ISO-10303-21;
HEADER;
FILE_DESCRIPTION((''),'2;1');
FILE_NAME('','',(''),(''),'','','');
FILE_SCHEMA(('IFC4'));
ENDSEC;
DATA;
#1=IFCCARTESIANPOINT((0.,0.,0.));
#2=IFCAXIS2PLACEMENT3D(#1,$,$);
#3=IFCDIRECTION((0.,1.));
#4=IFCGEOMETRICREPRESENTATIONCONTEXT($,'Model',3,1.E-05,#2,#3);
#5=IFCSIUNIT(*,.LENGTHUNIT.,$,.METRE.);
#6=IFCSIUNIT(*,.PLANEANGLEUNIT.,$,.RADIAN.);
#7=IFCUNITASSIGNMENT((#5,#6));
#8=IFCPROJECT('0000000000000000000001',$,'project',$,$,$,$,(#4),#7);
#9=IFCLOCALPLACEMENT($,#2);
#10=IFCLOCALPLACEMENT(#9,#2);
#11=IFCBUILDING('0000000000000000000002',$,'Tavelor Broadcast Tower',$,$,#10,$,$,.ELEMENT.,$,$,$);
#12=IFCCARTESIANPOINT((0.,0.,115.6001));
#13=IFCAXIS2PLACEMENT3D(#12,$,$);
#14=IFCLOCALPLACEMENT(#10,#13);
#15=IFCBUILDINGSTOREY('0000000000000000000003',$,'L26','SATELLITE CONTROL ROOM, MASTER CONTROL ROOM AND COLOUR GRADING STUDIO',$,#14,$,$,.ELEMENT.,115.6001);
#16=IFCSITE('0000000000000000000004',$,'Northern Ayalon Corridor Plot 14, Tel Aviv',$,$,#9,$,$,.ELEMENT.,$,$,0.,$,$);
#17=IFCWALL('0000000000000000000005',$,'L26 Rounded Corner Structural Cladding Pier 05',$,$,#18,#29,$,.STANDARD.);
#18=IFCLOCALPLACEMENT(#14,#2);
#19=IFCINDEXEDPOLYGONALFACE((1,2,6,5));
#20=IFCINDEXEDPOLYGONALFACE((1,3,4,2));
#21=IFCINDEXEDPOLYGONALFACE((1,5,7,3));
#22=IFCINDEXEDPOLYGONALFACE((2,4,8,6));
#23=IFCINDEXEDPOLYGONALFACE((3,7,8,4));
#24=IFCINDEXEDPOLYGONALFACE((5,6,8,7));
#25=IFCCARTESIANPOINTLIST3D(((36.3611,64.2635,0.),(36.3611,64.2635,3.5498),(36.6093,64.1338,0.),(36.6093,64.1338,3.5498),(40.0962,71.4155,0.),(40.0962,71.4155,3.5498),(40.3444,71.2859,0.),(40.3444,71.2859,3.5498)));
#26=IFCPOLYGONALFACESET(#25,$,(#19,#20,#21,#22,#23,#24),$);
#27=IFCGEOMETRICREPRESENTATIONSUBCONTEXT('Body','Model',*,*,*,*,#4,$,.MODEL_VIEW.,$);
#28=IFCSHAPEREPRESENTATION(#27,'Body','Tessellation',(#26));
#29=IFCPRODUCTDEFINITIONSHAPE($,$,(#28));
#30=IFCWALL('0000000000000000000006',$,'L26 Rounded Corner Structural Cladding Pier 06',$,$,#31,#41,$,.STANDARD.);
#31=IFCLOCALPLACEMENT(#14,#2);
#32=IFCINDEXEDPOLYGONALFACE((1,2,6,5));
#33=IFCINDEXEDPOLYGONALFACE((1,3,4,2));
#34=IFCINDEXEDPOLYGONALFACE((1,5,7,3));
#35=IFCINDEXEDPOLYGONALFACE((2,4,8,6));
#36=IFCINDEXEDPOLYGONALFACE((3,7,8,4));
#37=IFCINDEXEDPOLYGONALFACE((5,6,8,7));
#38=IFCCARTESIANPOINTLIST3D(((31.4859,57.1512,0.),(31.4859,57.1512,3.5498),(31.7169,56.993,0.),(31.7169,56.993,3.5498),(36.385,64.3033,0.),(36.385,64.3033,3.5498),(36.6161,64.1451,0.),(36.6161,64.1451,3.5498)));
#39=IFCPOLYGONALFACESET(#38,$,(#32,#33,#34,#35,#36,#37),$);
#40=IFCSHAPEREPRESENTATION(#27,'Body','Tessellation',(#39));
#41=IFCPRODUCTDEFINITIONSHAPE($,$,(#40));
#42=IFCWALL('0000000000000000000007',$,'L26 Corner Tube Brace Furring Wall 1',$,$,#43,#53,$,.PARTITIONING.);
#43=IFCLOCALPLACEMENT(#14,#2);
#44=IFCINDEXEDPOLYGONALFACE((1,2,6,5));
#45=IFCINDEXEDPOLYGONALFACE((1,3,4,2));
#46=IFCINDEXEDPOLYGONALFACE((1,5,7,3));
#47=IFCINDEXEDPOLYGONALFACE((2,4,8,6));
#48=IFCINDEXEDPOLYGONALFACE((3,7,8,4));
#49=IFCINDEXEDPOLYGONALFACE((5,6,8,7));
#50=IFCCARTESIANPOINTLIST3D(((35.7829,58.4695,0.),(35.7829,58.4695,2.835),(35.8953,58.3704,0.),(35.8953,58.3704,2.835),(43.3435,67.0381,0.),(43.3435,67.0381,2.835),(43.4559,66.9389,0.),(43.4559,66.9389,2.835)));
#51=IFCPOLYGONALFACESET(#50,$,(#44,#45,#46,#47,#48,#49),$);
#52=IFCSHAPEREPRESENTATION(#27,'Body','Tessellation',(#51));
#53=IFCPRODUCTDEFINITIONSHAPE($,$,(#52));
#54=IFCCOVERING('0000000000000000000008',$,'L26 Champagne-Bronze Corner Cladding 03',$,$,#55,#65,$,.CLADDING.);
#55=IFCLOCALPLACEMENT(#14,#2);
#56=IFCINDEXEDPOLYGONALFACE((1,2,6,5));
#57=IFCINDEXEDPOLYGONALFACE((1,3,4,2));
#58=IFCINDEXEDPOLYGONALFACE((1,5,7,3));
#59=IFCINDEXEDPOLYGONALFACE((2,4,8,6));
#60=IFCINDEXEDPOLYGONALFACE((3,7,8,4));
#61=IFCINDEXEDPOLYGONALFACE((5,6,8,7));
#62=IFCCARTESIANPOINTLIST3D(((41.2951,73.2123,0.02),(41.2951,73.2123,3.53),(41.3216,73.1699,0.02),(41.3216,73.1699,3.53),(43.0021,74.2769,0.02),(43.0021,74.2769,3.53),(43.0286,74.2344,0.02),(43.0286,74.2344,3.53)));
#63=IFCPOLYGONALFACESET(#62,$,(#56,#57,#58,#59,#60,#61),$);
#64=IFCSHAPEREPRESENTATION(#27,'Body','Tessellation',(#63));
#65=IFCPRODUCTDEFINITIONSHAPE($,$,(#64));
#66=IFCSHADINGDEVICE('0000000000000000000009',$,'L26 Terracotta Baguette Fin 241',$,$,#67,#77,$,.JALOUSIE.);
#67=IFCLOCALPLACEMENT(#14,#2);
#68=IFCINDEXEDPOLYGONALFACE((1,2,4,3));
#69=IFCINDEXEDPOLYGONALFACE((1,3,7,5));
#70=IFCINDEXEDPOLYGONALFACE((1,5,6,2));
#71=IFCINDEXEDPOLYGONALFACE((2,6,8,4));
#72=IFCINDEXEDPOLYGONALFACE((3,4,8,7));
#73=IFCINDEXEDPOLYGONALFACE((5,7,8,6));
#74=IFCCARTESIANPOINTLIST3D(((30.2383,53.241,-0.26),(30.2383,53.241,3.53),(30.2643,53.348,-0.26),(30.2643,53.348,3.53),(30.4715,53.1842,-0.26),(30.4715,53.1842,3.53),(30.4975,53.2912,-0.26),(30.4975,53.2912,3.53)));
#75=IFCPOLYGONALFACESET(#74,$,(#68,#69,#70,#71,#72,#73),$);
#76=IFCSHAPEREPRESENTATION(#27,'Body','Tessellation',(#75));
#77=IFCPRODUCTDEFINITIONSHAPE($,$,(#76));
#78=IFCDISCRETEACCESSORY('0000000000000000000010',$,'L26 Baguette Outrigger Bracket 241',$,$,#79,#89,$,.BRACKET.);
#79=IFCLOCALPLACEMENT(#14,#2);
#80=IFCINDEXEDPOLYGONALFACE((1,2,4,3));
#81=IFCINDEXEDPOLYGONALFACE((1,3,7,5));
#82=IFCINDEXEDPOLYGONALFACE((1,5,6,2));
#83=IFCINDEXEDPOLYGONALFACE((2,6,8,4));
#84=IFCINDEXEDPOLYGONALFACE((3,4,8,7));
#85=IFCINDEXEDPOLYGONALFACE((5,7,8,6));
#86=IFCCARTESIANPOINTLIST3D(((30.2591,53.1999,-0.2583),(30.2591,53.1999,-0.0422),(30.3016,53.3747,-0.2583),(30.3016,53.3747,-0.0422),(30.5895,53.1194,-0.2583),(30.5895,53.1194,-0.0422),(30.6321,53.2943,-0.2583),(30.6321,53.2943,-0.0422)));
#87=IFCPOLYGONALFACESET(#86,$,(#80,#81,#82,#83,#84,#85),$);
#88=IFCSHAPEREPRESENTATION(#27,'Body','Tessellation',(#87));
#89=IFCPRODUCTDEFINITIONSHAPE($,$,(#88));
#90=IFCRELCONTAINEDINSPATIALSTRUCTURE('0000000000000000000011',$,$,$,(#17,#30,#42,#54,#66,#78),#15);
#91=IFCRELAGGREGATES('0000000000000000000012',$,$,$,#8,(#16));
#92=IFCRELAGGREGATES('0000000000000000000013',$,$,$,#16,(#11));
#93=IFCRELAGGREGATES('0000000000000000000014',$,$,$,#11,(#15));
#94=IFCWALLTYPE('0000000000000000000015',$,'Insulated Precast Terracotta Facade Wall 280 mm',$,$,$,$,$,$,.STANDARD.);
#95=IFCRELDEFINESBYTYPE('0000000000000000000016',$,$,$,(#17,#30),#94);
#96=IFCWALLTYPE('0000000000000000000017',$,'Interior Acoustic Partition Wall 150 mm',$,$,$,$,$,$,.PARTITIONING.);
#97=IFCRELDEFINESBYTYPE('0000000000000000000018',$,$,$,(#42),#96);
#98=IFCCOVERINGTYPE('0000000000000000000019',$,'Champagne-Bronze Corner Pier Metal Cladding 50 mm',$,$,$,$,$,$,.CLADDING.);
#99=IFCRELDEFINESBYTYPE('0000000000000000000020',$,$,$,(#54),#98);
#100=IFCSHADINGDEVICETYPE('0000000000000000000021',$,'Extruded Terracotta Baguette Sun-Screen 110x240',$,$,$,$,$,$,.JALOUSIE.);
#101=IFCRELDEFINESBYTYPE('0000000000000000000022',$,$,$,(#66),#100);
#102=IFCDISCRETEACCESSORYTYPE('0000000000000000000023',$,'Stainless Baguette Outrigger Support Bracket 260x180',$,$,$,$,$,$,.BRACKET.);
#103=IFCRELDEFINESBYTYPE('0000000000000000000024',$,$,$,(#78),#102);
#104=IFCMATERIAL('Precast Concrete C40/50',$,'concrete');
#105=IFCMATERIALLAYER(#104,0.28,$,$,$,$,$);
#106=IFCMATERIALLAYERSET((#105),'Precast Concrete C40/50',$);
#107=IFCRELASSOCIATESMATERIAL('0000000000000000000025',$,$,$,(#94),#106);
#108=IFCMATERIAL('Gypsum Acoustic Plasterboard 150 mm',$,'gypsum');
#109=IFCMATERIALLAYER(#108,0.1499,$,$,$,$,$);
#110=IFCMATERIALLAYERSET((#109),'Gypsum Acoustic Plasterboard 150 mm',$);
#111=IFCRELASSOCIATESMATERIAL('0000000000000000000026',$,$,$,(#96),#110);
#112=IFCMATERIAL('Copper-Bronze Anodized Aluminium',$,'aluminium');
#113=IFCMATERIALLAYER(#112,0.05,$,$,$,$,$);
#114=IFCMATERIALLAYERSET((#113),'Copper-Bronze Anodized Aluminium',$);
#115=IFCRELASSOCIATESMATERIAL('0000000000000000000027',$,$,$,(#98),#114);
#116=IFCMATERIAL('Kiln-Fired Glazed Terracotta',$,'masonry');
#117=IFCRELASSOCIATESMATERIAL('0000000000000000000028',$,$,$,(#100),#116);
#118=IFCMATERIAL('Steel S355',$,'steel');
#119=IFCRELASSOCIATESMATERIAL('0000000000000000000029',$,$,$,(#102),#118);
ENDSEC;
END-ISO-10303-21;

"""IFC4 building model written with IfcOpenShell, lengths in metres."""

from ifc_helpers import new_model, si_unit, direction, frame, frame_2d, origin, origin_2d, place, context, subcontext, project, spatial, rectangle, extrude, source, transform, mapped, material, layer, layer_set, type_object, type_shapes, element, save


model = new_model("IFC4")

# Units and contexts
model_context = context("Model", 3, precision=1e-05, world=origin(), true_north=direction((0.0, 1.0)))
body_context = subcontext(model_context, "Body", "Model", "MODEL_VIEW")
ifc_project = project(units=[si_unit("LENGTHUNIT", "METRE"), si_unit("PLANEANGLEUNIT", "RADIAN")], contexts=[model_context])

# Site, building, storey
site_placement = place(None, origin())
site = spatial("IfcSite", under=ifc_project, at=site_placement, Name="Northern Ayalon Corridor Plot 14, Tel Aviv", CompositionType="ELEMENT", RefElevation=0.0)
building_placement = place(site_placement, origin())
building = spatial("IfcBuilding", under=site, at=building_placement, Name="Tavelor Broadcast Tower", CompositionType="ELEMENT")
storey_placement = place(building_placement, frame((0.0, 0.0, 115.6001)))
storey = spatial("IfcBuildingStorey", under=building, at=storey_placement, Name="L26", Description="SATELLITE CONTROL ROOM, MASTER CONTROL ROOM AND COLOUR GRADING STUDIO", CompositionType="ELEMENT", Elevation=115.6001)

# Shared definitions
ifc_material_1 = material(Name="Steel S355", Category="steel")

# Walls
ifc_material_2 = material(Name="Precast Concrete C40/50", Category="concrete")
ifc_layer_1 = layer(ifc_material_2, 0.28)
ifc_layer_set_1 = layer_set([ifc_layer_1], Name="Precast Concrete C40/50")
wall_type_1 = type_object("IfcWallType", Name="Insulated Precast Terracotta Facade Wall 280 mm", PredefinedType="STANDARD", material=ifc_layer_set_1)
wall_1_placement = place(storey_placement, frame((40.2202, 71.3506, 0.0), z_axis=(0.0, 0.0, 1.0), x_axis=(-0.462914, -0.886403, 0.0)))
element("IfcWall", 1, at=wall_1_placement, inside=storey, type_object=wall_type_1, Name="L26 Rounded Corner Structural Cladding Pier 05", PredefinedType="STANDARD", context=body_context, shape_type="SweptSolid", body=[
    extrude(rectangle(XDim=8.0686, YDim=0.28, at=frame_2d((4.0342, 0.0))), origin(), (0.0, 0.0, 1.0), 3.5498),
])
wall_2_placement = place(storey_placement, frame((36.5005, 64.2241, 0.0), z_axis=(0.0, 0.0, 1.0), x_axis=(-0.565126, -0.825005, 0.0)))
element("IfcWall", 2, at=wall_2_placement, inside=storey, type_object=wall_type_1, Name="L26 Rounded Corner Structural Cladding Pier 06", PredefinedType="STANDARD", context=body_context, shape_type="SweptSolid", body=[
    extrude(rectangle(XDim=8.6692, YDim=0.28, at=frame_2d((4.3345, 0.0))), origin(), (0.0, 0.0, 1.0), 3.5498),
])
ifc_material_3 = material(Name="Gypsum Acoustic Plasterboard 150 mm", Category="gypsum")
ifc_layer_2 = layer(ifc_material_3, 0.1499)
ifc_layer_set_2 = layer_set([ifc_layer_2], Name="Gypsum Acoustic Plasterboard 150 mm")
wall_type_2 = type_object("IfcWallType", Name="Interior Acoustic Partition Wall 150 mm", PredefinedType="PARTITIONING", material=ifc_layer_set_2)
wall_3_placement = place(storey_placement, frame((43.3997, 66.9885, 0.0), z_axis=(0.0, 0.0, 1.0), x_axis=(-0.661622, -0.749837, 0.0)))
element("IfcWall", 3, at=wall_3_placement, inside=storey, type_object=wall_type_2, Name="L26 Corner Tube Brace Furring Wall 1", PredefinedType="PARTITIONING", context=body_context, shape_type="SweptSolid", body=[
    extrude(rectangle(XDim=11.4272, YDim=0.1499, at=frame_2d((5.7136, 0.0))), origin(), (0.0, 0.0, 1.0), 2.835),
])

# Covering
ifc_material_4 = material(Name="Copper-Bronze Anodized Aluminium", Category="aluminium")
ifc_layer_3 = layer(ifc_material_4, 0.05)
ifc_layer_set_3 = layer_set([ifc_layer_3], Name="Copper-Bronze Anodized Aluminium")
covering_type = type_object("IfcCoveringType", Name="Champagne-Bronze Corner Pier Metal Cladding 50 mm", PredefinedType="CLADDING", material=ifc_layer_set_3)
covering_placement = place(storey_placement, frame((42.1619, 73.7234, 0.02), z_axis=(0.0, 0.0, 1.0), x_axis=(-0.84851, -0.529179, 0.0)))
element("IfcCovering", 4, at=covering_placement, inside=storey, type_object=covering_type, Name="L26 Champagne-Bronze Corner Cladding 03", PredefinedType="CLADDING", context=body_context, shape_type="SweptSolid", body=[
    extrude(rectangle(XDim=2.0117, YDim=0.05, at=origin_2d()), origin(), (0.0, 0.0, 1.0), 3.51),
])

# Shading device
ifc_material_5 = material(Name="Kiln-Fired Glazed Terracotta", Category="masonry")
shading_device_type = type_object("IfcShadingDeviceType", Name="Extruded Terracotta Baguette Sun-Screen 110x240", PredefinedType="JALOUSIE", material=ifc_material_5)
shared_shape_1 = source(origin(), body_context, "Body", "SweptSolid", [
    extrude(rectangle(XDim=0.1101, YDim=0.24, at=origin_2d()), origin(), (0.0, 0.0, 1.0), 3.79),
])
type_shapes(shading_device_type, [shared_shape_1])
shading_device_placement = place(storey_placement, frame((30.3679, 53.2661, -0.26), z_axis=(0.0, 0.0, 1.0), x_axis=(-0.236499, -0.971632, 0.0)))
element("IfcShadingDevice", 5, at=shading_device_placement, inside=storey, type_object=shading_device_type, Name="L26 Terracotta Baguette Fin 241", PredefinedType="JALOUSIE", context=body_context, shape_type="MappedRepresentation", body=[
    mapped(shared_shape_1, transform((0.0, 0.0, 0.0), scale=1.0)),
])

# Discrete accessory
discrete_accessory_type = type_object("IfcDiscreteAccessoryType", Name="Stainless Baguette Outrigger Support Bracket 260x180", PredefinedType="BRACKET", material=ifc_material_1)
shared_shape_2 = source(origin(), body_context, "Body", "SweptSolid", [
    extrude(rectangle(XDim=0.1799, YDim=0.3401, at=origin_2d()), origin(), (0.0, 0.0, 1.0), 0.2161),
])
type_shapes(discrete_accessory_type, [shared_shape_2])
discrete_accessory_placement = place(storey_placement, frame((30.4456, 53.2471, -0.2583), z_axis=(0.0, 0.0, 1.0), x_axis=(-0.236499, -0.971632, 0.0)))
element("IfcDiscreteAccessory", 6, at=discrete_accessory_placement, inside=storey, type_object=discrete_accessory_type, Name="L26 Baguette Outrigger Bracket 241", PredefinedType="BRACKET", context=body_context, shape_type="MappedRepresentation", body=[
    mapped(shared_shape_2, transform((0.0, 0.0, 0.0), scale=1.0)),
])

save(model, "model.ifc")
